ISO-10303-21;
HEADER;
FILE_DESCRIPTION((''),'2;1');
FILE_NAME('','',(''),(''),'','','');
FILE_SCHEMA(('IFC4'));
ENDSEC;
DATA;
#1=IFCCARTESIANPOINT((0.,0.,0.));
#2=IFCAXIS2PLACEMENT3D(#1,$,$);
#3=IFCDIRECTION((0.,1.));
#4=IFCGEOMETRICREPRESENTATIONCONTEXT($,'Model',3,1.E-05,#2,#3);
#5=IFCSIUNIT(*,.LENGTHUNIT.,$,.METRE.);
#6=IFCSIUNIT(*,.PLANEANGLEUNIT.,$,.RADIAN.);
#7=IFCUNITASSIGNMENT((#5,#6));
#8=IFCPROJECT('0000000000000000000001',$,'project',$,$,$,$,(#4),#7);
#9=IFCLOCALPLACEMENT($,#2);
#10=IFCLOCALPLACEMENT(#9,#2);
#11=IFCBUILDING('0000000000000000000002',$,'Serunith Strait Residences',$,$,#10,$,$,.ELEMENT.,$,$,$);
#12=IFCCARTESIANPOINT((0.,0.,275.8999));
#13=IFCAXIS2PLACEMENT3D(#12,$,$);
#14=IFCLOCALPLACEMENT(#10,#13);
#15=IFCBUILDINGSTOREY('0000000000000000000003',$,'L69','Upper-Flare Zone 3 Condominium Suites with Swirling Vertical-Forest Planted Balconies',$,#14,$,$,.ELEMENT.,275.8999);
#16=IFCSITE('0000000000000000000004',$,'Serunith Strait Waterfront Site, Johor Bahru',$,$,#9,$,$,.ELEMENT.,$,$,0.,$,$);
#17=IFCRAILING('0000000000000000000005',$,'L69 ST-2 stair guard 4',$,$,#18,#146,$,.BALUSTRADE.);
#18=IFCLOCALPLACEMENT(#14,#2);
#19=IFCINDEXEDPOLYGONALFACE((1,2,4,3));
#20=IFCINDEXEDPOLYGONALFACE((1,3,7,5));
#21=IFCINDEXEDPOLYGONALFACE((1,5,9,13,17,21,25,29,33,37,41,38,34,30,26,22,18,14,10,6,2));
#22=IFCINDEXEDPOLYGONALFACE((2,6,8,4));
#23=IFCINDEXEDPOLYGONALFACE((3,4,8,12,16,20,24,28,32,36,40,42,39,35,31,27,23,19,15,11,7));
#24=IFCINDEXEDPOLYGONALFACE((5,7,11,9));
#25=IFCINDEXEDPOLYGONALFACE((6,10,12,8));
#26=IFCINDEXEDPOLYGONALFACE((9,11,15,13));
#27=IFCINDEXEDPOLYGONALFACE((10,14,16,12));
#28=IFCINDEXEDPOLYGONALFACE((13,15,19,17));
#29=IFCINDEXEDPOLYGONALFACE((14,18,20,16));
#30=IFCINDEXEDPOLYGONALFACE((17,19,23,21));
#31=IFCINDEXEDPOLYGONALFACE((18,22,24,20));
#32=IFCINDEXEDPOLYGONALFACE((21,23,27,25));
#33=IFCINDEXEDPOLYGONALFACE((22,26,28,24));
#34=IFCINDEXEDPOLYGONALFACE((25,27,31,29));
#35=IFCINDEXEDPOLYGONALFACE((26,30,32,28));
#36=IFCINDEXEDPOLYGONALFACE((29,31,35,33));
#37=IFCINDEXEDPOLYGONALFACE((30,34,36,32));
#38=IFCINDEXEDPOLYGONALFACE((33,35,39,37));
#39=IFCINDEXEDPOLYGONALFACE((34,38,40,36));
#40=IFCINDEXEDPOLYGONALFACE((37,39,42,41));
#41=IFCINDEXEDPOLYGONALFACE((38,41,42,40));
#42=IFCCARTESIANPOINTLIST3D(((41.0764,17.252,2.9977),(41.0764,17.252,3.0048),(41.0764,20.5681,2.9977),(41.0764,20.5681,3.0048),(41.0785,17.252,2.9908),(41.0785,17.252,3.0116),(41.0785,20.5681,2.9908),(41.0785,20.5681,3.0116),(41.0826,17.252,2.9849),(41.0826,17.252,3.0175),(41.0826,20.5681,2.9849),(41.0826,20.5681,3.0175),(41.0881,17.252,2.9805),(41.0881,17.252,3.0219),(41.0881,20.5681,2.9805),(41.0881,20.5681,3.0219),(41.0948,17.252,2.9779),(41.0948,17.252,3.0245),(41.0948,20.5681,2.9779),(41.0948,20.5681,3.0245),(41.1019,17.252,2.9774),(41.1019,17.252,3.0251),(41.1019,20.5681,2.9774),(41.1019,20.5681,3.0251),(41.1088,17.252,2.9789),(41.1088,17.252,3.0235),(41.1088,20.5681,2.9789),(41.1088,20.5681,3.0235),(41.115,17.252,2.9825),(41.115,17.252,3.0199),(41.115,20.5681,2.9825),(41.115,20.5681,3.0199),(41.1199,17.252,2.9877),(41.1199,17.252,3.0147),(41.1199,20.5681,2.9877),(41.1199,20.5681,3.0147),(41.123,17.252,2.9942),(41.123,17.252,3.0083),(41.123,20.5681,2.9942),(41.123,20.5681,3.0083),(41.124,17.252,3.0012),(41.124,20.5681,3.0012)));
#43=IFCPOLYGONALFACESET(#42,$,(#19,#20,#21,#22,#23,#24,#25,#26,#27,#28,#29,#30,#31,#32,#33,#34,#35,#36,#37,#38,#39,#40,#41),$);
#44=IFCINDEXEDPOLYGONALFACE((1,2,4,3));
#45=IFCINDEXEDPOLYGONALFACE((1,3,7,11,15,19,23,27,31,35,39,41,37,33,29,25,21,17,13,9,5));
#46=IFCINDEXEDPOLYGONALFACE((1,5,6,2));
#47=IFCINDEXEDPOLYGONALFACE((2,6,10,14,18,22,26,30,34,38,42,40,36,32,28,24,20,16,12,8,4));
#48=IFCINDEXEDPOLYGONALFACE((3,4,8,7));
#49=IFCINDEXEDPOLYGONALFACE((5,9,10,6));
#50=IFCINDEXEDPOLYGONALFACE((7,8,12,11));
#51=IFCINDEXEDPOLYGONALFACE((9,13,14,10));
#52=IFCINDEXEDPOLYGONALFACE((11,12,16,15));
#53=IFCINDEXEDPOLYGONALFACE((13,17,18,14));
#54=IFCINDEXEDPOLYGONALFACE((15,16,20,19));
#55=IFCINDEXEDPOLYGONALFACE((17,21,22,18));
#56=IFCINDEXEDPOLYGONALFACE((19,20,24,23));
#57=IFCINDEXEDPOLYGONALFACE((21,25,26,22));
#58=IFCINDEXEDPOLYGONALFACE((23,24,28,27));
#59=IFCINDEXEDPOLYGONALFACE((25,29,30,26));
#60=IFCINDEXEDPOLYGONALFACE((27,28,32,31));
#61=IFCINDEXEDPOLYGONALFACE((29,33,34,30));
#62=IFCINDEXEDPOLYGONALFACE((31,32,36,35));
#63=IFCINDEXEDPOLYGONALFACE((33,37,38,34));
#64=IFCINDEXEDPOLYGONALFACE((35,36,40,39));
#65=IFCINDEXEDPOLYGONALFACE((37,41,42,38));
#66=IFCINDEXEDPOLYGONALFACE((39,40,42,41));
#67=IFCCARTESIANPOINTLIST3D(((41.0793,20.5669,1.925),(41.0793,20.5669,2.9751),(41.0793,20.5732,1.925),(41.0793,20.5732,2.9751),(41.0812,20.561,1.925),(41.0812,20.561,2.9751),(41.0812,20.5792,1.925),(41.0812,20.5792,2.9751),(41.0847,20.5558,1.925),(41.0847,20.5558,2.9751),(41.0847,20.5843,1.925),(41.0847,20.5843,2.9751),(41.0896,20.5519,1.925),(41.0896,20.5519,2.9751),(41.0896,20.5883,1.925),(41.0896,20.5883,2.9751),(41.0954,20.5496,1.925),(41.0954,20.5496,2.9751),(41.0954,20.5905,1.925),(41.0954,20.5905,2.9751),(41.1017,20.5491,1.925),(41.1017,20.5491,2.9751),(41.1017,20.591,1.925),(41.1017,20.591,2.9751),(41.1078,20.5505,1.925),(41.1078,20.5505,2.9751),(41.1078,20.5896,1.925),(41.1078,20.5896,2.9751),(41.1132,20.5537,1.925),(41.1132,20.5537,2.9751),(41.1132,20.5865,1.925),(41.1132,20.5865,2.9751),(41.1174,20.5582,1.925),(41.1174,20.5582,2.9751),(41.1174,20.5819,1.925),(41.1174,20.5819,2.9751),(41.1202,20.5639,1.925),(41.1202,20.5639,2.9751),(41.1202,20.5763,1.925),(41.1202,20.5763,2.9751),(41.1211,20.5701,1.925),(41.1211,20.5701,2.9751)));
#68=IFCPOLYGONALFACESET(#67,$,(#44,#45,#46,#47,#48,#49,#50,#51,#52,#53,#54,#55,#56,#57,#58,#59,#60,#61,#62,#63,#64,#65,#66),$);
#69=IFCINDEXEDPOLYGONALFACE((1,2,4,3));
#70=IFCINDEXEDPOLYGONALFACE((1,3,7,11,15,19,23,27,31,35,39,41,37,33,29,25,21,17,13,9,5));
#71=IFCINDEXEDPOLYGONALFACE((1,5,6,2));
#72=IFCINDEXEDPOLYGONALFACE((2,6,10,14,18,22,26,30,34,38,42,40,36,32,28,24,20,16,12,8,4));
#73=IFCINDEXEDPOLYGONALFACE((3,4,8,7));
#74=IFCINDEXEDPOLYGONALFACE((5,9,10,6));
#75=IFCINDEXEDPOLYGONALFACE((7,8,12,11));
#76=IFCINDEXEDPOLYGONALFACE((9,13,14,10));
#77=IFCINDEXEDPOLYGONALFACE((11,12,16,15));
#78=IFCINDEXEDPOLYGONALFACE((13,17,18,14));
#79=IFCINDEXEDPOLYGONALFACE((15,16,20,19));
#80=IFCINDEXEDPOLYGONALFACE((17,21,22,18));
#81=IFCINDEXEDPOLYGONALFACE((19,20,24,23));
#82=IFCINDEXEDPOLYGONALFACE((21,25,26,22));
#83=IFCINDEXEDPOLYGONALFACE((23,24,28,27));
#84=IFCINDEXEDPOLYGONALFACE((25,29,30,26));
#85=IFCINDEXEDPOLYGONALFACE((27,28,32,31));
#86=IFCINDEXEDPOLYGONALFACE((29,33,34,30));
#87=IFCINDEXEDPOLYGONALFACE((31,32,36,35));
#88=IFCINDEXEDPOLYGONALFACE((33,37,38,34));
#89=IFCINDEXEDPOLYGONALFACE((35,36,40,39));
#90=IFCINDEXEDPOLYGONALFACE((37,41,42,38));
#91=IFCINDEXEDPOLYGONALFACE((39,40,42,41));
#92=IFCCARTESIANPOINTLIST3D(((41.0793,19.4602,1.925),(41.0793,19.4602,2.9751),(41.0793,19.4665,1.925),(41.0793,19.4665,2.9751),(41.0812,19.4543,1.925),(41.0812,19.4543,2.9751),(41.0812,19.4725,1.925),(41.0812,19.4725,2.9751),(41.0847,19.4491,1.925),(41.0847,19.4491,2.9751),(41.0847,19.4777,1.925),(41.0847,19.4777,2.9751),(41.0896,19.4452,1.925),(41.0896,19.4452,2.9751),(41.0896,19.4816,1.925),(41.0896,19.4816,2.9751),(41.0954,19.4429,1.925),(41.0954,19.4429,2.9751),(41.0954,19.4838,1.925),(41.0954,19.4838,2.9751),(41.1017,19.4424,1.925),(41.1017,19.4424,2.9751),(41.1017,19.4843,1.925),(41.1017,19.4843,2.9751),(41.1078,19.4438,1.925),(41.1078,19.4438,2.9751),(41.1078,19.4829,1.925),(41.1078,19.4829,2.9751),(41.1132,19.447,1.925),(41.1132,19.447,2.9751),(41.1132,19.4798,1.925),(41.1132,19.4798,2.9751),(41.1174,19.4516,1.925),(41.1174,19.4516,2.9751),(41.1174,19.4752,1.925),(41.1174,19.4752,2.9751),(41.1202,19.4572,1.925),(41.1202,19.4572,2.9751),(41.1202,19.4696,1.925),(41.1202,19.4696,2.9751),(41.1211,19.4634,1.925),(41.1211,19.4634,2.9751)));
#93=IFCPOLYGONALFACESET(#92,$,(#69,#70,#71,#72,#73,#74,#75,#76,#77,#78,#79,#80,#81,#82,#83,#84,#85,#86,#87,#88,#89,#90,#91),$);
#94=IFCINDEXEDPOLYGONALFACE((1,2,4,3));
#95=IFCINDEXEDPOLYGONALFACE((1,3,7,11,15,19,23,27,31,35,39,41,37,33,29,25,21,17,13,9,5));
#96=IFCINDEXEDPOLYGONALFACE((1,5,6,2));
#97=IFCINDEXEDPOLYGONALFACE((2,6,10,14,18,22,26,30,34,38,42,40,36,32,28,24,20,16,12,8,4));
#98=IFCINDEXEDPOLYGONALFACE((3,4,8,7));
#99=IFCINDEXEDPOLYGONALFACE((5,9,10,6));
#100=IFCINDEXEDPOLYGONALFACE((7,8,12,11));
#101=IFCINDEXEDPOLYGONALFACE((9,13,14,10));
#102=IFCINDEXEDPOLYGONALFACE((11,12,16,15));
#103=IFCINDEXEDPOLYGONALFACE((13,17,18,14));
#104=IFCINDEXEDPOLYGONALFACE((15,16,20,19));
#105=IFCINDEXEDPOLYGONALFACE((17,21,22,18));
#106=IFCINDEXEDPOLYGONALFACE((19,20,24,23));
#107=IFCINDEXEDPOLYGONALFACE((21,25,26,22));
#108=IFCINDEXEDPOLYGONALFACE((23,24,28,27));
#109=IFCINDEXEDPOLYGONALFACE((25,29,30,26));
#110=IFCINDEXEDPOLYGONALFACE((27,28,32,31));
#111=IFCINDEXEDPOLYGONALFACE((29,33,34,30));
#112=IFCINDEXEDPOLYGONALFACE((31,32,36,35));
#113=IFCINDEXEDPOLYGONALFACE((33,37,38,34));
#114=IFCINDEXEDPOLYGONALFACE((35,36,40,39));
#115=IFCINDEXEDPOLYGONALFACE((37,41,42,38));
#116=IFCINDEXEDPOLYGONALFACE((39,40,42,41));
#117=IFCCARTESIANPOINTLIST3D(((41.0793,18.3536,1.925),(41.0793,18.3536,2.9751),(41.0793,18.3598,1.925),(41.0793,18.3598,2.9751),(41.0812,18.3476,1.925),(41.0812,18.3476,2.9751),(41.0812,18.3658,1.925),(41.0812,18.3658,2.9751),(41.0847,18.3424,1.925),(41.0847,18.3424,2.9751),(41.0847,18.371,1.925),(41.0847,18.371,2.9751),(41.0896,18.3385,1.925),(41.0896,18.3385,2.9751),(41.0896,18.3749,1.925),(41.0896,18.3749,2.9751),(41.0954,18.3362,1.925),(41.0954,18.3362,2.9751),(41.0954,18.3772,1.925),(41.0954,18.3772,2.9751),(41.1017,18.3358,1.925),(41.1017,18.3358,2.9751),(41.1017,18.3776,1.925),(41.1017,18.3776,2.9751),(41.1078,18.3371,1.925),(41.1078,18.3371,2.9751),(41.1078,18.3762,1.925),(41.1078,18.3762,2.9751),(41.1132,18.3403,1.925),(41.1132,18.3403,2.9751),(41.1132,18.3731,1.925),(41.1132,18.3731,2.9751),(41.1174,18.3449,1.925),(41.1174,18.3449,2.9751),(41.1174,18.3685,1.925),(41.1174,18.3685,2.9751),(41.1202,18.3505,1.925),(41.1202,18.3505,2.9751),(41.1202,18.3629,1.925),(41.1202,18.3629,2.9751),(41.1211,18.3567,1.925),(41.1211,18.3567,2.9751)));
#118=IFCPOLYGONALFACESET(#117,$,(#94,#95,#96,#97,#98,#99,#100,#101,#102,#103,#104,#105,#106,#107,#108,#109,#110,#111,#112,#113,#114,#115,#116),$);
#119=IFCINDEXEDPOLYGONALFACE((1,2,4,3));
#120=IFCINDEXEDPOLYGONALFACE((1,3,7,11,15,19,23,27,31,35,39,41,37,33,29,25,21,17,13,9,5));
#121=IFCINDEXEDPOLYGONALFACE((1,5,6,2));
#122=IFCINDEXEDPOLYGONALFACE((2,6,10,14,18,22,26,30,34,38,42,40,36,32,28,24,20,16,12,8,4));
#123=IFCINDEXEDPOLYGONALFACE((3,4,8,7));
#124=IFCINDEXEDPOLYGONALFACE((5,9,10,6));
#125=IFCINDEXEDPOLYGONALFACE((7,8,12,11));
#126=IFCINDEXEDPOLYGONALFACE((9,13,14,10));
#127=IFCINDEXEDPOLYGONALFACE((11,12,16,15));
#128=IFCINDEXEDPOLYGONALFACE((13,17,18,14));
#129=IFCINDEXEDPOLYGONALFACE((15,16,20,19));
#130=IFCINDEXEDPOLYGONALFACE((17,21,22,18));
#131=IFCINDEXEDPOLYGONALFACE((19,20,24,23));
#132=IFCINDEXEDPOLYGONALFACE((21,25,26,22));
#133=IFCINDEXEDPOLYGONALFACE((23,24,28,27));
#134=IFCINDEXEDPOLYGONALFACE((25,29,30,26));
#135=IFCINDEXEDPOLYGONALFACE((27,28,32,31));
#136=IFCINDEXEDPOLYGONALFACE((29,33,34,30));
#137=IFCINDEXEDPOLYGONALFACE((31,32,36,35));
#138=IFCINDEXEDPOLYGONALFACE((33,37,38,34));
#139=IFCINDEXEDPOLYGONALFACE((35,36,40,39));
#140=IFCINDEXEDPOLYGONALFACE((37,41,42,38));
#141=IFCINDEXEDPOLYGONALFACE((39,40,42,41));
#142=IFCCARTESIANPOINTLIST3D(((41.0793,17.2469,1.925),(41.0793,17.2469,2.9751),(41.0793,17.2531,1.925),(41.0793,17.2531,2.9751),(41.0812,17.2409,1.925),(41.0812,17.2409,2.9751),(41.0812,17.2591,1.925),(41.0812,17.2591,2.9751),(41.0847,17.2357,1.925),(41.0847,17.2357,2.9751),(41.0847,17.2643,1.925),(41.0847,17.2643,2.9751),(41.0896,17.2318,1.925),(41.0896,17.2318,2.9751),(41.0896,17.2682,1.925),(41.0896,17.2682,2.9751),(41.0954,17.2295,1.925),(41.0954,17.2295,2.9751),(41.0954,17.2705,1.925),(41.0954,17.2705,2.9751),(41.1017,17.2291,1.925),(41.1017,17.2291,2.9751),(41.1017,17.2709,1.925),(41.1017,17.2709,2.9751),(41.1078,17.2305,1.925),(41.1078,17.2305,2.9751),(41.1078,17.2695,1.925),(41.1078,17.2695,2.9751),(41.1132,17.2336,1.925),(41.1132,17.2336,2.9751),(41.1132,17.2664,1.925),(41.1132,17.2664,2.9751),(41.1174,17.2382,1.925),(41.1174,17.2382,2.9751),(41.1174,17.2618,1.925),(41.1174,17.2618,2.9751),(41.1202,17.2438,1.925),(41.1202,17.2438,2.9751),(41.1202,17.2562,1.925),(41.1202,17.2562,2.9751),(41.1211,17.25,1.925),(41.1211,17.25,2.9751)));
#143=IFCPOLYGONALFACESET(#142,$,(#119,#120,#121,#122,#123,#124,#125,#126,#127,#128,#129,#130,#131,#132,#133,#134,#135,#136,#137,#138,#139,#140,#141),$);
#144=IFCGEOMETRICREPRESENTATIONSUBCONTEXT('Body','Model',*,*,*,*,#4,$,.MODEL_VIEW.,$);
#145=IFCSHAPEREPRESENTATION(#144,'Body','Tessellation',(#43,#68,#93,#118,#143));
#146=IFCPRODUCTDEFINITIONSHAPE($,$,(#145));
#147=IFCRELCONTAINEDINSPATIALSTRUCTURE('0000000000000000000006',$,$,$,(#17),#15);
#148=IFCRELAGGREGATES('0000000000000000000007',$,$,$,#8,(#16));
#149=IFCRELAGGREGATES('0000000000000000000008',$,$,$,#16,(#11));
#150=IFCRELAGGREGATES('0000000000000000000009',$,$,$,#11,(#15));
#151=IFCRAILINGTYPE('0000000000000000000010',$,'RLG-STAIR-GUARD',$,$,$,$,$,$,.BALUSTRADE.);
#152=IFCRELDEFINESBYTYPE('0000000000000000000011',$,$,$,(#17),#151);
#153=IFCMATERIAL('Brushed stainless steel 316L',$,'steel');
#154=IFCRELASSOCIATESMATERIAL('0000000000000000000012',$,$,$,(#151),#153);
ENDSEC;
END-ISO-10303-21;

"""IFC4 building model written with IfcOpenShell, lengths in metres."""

from ifc_helpers import new_model, si_unit, direction, frame, origin, origin_2d, place, context, subcontext, project, spatial, circle, extrude, material, type_object, element, save


model = new_model("IFC4")

# Units and contexts
model_context = context("Model", 3, precision=1e-05, world=origin(), true_north=direction((0.0, 1.0)))
body_context = subcontext(model_context, "Body", "Model", "MODEL_VIEW")
ifc_project = project(units=[si_unit("LENGTHUNIT", "METRE"), si_unit("PLANEANGLEUNIT", "RADIAN")], contexts=[model_context])

# Site, building, storey
site_placement = place(None, origin())
site = spatial("IfcSite", under=ifc_project, at=site_placement, Name="Serunith Strait Waterfront Site, Johor Bahru", CompositionType="ELEMENT", RefElevation=0.0)
building_placement = place(site_placement, origin())
building = spatial("IfcBuilding", under=site, at=building_placement, Name="Serunith Strait Residences", CompositionType="ELEMENT")
storey_placement = place(building_placement, frame((0.0, 0.0, 275.8999)))
storey = spatial("IfcBuildingStorey", under=building, at=storey_placement, Name="L69", Description="Upper-Flare Zone 3 Condominium Suites with Swirling Vertical-Forest Planted Balconies", CompositionType="ELEMENT", Elevation=275.8999)

# Railing
ifc_material_1 = material(Name="Brushed stainless steel 316L", Category="steel")
railing_type_1 = type_object("IfcRailingType", Name="RLG-STAIR-GUARD", PredefinedType="BALUSTRADE", material=ifc_material_1)
for number, where, name in (
    (1, (41.1001, 20.5701, 1.925), "L69 ST-2 stair guard 4"),
):
    element("IfcRailing", number, at=place(storey_placement, frame(where)), inside=storey, type_object=railing_type_1, Name=name, PredefinedType="BALUSTRADE", context=body_context, shape_type="SweptSolid", body=[
        extrude(circle(Radius=0.0239, at=origin_2d()), frame((0.0, -0.002, 1.0762), z_axis=(0.0, -1.0, 0.0), x_axis=(1.0, 0.0, 0.0)), (0.0, 0.0, 1.0), 3.3162),
        extrude(circle(Radius=0.021, at=origin_2d()), origin(), (0.0, 0.0, 1.0), 1.05),
        extrude(circle(Radius=0.021, at=origin_2d()), frame((0.0, -1.1067, 0.0)), (0.0, 0.0, 1.0), 1.05),
        extrude(circle(Radius=0.021, at=origin_2d()), frame((0.0, -2.2134, 0.0)), (0.0, 0.0, 1.0), 1.05),
        extrude(circle(Radius=0.021, at=origin_2d()), frame((0.0, -3.3201, 0.0)), (0.0, 0.0, 1.0), 1.05),
    ])

save(model, "model.ifc")
